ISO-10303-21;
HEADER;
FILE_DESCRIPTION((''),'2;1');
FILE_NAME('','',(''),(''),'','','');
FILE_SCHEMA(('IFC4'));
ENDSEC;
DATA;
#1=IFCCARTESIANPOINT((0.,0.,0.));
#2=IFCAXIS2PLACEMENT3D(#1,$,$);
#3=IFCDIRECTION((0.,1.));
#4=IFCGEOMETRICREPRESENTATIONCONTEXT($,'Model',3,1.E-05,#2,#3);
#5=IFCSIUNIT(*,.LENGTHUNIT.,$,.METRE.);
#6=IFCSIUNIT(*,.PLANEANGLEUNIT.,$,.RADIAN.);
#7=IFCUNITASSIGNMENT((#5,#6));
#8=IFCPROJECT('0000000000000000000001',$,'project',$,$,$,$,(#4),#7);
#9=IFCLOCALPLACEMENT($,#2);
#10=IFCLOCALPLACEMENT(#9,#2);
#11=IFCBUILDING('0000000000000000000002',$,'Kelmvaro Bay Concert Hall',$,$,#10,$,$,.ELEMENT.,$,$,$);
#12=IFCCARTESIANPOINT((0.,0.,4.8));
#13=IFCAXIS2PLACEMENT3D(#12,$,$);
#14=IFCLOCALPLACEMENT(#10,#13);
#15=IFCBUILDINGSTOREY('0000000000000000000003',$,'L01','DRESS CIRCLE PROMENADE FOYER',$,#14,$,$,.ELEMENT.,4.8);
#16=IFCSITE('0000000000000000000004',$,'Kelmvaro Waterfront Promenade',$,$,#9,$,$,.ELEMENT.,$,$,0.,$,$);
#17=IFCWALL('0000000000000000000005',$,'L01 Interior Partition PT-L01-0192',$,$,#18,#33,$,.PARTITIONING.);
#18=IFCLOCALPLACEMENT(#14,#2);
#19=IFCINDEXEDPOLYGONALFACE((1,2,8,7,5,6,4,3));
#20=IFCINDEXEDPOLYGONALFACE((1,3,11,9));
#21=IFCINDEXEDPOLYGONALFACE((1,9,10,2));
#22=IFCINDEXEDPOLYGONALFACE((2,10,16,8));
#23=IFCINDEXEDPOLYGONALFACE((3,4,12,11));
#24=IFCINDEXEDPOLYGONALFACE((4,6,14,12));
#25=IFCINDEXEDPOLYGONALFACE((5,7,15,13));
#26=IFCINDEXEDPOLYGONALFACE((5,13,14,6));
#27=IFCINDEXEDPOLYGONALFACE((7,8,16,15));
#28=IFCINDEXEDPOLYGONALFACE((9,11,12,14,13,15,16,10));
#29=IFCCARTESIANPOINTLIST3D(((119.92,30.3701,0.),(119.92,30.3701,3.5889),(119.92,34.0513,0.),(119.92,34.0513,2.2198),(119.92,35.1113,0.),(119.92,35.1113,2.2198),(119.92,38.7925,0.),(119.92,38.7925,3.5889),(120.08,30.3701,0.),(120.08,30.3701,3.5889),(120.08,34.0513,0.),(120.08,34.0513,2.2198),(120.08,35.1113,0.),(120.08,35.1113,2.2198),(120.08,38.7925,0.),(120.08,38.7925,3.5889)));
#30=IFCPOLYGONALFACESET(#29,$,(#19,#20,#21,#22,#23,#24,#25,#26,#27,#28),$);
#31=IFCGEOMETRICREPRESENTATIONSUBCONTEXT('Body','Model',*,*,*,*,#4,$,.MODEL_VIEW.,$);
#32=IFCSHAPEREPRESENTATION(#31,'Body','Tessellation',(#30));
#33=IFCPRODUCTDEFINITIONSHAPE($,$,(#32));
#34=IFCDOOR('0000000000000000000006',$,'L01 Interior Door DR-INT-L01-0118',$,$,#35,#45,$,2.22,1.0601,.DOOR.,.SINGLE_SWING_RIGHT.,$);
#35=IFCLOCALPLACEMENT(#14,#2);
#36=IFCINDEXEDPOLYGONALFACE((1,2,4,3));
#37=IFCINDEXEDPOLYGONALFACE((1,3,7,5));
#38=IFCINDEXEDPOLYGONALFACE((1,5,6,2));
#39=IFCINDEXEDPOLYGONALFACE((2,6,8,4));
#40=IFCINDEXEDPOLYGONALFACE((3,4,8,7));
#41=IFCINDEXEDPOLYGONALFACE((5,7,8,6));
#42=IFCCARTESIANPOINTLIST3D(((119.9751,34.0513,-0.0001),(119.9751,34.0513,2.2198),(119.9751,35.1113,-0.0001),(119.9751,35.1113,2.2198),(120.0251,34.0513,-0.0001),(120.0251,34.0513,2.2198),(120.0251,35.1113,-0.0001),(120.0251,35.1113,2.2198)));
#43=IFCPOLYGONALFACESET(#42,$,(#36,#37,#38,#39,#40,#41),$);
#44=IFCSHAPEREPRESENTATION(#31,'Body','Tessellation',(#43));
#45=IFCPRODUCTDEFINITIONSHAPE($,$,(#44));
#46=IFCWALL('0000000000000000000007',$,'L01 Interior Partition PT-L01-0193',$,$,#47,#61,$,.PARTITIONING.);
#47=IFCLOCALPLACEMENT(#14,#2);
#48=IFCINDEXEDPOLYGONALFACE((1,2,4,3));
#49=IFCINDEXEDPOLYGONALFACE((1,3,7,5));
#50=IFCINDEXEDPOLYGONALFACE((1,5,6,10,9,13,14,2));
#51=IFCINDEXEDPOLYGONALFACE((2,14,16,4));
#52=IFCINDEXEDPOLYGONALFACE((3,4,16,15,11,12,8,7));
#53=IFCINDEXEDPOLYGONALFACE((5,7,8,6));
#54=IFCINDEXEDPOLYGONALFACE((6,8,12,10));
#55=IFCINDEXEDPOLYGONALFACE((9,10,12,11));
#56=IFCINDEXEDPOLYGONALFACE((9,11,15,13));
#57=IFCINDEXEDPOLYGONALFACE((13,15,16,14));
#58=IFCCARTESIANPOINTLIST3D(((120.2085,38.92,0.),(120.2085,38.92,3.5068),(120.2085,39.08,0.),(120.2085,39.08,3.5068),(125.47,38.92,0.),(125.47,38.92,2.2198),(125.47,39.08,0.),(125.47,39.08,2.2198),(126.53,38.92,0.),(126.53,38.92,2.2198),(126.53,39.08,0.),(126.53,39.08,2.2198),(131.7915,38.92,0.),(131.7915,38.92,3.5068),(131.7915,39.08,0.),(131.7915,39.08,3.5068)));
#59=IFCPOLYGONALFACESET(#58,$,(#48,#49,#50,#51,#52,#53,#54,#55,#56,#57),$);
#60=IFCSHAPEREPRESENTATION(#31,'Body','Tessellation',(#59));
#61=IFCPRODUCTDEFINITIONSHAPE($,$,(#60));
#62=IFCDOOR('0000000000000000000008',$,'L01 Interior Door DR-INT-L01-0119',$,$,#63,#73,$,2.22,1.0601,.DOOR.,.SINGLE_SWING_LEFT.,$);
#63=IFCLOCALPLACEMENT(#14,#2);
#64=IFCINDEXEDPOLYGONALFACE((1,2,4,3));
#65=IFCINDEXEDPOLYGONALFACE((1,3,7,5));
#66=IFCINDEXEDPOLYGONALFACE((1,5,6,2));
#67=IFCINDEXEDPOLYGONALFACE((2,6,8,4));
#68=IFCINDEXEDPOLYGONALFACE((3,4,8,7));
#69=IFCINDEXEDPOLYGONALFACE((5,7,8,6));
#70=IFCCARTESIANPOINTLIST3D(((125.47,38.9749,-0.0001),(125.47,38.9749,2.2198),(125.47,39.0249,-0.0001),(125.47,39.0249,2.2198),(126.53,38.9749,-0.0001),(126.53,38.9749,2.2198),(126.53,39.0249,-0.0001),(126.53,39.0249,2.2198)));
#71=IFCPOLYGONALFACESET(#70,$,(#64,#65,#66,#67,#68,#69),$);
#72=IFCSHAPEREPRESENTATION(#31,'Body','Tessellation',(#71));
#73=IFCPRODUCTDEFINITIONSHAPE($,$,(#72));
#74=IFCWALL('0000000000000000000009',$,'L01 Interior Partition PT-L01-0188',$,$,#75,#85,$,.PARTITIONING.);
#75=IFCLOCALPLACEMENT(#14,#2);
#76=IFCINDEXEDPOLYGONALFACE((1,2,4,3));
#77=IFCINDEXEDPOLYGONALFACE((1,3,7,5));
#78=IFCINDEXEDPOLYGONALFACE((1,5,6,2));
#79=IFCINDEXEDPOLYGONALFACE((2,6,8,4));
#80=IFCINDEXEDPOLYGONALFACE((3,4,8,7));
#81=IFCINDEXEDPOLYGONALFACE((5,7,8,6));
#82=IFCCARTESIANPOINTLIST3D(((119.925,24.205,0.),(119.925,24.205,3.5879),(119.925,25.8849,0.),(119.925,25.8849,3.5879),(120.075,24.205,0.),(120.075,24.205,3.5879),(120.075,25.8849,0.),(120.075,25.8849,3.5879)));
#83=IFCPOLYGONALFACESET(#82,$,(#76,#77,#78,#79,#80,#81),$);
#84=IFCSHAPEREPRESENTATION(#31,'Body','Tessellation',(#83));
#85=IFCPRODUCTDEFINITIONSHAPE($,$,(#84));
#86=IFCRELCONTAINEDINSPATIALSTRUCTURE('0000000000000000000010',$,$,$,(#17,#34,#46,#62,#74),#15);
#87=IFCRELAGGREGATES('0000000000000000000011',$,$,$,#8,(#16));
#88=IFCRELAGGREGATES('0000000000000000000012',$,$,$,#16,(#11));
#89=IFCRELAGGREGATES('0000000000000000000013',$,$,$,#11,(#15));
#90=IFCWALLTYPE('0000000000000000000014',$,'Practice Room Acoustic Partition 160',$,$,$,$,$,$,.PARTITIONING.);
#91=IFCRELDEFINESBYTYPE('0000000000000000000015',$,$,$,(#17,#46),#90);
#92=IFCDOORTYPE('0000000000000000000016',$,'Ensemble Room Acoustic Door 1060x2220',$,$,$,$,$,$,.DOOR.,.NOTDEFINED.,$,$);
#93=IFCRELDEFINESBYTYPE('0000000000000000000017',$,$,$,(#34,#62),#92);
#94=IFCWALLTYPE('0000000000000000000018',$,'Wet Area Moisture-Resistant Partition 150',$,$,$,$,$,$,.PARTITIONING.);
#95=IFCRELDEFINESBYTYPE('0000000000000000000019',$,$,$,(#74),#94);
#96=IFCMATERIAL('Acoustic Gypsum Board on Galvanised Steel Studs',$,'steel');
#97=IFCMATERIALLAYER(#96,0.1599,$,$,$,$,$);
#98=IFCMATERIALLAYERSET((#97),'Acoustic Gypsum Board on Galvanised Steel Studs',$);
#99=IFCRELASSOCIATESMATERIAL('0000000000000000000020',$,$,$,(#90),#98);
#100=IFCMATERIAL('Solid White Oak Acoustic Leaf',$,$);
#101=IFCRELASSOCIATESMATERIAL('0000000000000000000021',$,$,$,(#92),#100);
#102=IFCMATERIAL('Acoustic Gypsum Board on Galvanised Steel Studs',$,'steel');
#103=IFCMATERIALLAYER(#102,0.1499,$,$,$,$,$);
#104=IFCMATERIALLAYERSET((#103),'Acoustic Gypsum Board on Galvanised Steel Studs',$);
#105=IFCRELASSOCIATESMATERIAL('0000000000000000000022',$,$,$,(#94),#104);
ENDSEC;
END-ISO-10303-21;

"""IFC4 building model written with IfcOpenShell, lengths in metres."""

from ifc_helpers import new_model, si_unit, direction, frame, frame_2d, origin, place, context, subcontext, project, spatial, rectangle, extrude, material, layer, layer_set, type_object, element, fill, save


model = new_model("IFC4")

# Units and contexts
model_context = context("Model", 3, precision=1e-05, world=origin(), true_north=direction((0.0, 1.0)))
body_context = subcontext(model_context, "Body", "Model", "MODEL_VIEW")
ifc_project = project(units=[si_unit("LENGTHUNIT", "METRE"), si_unit("PLANEANGLEUNIT", "RADIAN")], contexts=[model_context])

# Site, building, storey
site_placement = place(None, origin())
site = spatial("IfcSite", under=ifc_project, at=site_placement, Name="Kelmvaro Waterfront Promenade", CompositionType="ELEMENT", RefElevation=0.0)
building_placement = place(site_placement, origin())
building = spatial("IfcBuilding", under=site, at=building_placement, Name="Kelmvaro Bay Concert Hall", CompositionType="ELEMENT")
storey_placement = place(building_placement, frame((0.0, 0.0, 4.8)))
storey = spatial("IfcBuildingStorey", under=building, at=storey_placement, Name="L01", Description="DRESS CIRCLE PROMENADE FOYER", CompositionType="ELEMENT", Elevation=4.8)

# Walls, openings, doors
ifc_material_1 = material(Name="Acoustic Gypsum Board on Galvanised Steel Studs", Category="steel")
ifc_layer_1 = layer(ifc_material_1, 0.1599)
ifc_layer_set_1 = layer_set([ifc_layer_1], Name="Acoustic Gypsum Board on Galvanised Steel Studs")
wall_type_1 = type_object("IfcWallType", Name="Practice Room Acoustic Partition 160", PredefinedType="PARTITIONING", material=ifc_layer_set_1)
ifc_material_2 = material(Name="Solid White Oak Acoustic Leaf")
door_type_1 = type_object("IfcDoorType", Name="Ensemble Room Acoustic Door 1060x2220", OperationType="NOTDEFINED", PredefinedType="DOOR", material=ifc_material_2)
wall_1_placement = place(storey_placement, frame((120.0, 30.3701, 0.0), z_axis=(0.0, 0.0, 1.0), x_axis=(0.0, 1.0, 0.0)))
wall_1 = element("IfcWall", 1, at=wall_1_placement, inside=storey, type_object=wall_type_1, Name="L01 Interior Partition PT-L01-0192", PredefinedType="PARTITIONING", context=body_context, shape_type="SweptSolid", body=[
    extrude(rectangle(XDim=8.4224, YDim=0.1599, at=frame_2d((4.2112, 0.0))), origin(), (0.0, 0.0, 1.0), 3.5889),
])
opening_1_placement = place(wall_1_placement, frame((3.6812, 0.0, 0.0)))
opening_1 = element("IfcOpeningElement", 2, at=opening_1_placement, cuts=wall_1, PredefinedType="OPENING", context=body_context, shape_type="SweptSolid", body=[
    extrude(rectangle(XDim=1.0601, YDim=2.22, at=frame_2d((0.53, 1.1099))), frame((0.0, 0.0898, 0.0), z_axis=(0.0, -1.0, 0.0), x_axis=(1.0, 0.0, 0.0)), (0.0, 0.0, 1.0), 0.1799),
])
door_1_placement = place(opening_1_placement, origin())
door_1 = element("IfcDoor", 3, at=door_1_placement, inside=storey, type_object=door_type_1, Name="L01 Interior Door DR-INT-L01-0118", OperationType="SINGLE_SWING_RIGHT", OverallHeight=2.22, OverallWidth=1.0601, PredefinedType="DOOR", context=body_context, shape_type="SweptSolid", body=[
    extrude(rectangle(XDim=1.0601, YDim=2.22, at=frame_2d((0.53, 1.1099))), frame((0.0, 0.0249, 0.0), z_axis=(0.0, -1.0, 0.0), x_axis=(1.0, 0.0, 0.0)), (0.0, 0.0, 1.0), 0.05),
])
fill(opening_1, door_1)
wall_2_placement = place(storey_placement, frame((120.2085, 39.0, 0.0), z_axis=(0.0, 0.0, 1.0), x_axis=(1.0, 0.0, 0.0)))
wall_2 = element("IfcWall", 4, at=wall_2_placement, inside=storey, type_object=wall_type_1, Name="L01 Interior Partition PT-L01-0193", PredefinedType="PARTITIONING", context=body_context, shape_type="SweptSolid", body=[
    extrude(rectangle(XDim=11.583, YDim=0.1599, at=frame_2d((5.7915, 0.0))), origin(), (0.0, 0.0, 1.0), 3.5068),
])
opening_2_placement = place(wall_2_placement, frame((5.2615, 0.0, 0.0)))
opening_2 = element("IfcOpeningElement", 5, at=opening_2_placement, cuts=wall_2, PredefinedType="OPENING", context=body_context, shape_type="SweptSolid", body=[
    extrude(rectangle(XDim=1.0601, YDim=2.22, at=frame_2d((0.53, 1.1099))), frame((0.0, 0.0898, 0.0), z_axis=(0.0, -1.0, 0.0), x_axis=(1.0, 0.0, 0.0)), (0.0, 0.0, 1.0), 0.1799),
])
door_2_placement = place(opening_2_placement, origin())
door_2 = element("IfcDoor", 6, at=door_2_placement, inside=storey, type_object=door_type_1, Name="L01 Interior Door DR-INT-L01-0119", OperationType="SINGLE_SWING_LEFT", OverallHeight=2.22, OverallWidth=1.0601, PredefinedType="DOOR", context=body_context, shape_type="SweptSolid", body=[
    extrude(rectangle(XDim=1.0601, YDim=2.22, at=frame_2d((0.53, 1.1099))), frame((0.0, 0.0249, 0.0), z_axis=(0.0, -1.0, 0.0), x_axis=(1.0, 0.0, 0.0)), (0.0, 0.0, 1.0), 0.05),
])
fill(opening_2, door_2)

# Wall
ifc_material_3 = material(Name="Acoustic Gypsum Board on Galvanised Steel Studs", Category="steel")
ifc_layer_2 = layer(ifc_material_3, 0.1499)
ifc_layer_set_2 = layer_set([ifc_layer_2], Name="Acoustic Gypsum Board on Galvanised Steel Studs")
wall_type_2 = type_object("IfcWallType", Name="Wet Area Moisture-Resistant Partition 150", PredefinedType="PARTITIONING", material=ifc_layer_set_2)
wall_3_placement = place(storey_placement, frame((120.0, 24.2051, 0.0), z_axis=(0.0, 0.0, 1.0), x_axis=(0.0, 1.0, 0.0)))
element("IfcWall", 7, at=wall_3_placement, inside=storey, type_object=wall_type_2, Name="L01 Interior Partition PT-L01-0188", PredefinedType="PARTITIONING", context=body_context, shape_type="SweptSolid", body=[
    extrude(rectangle(XDim=1.6799, YDim=0.1499, at=frame_2d((0.8398, 0.0))), origin(), (0.0, 0.0, 1.0), 3.5879),
])

save(model, "model.ifc")
